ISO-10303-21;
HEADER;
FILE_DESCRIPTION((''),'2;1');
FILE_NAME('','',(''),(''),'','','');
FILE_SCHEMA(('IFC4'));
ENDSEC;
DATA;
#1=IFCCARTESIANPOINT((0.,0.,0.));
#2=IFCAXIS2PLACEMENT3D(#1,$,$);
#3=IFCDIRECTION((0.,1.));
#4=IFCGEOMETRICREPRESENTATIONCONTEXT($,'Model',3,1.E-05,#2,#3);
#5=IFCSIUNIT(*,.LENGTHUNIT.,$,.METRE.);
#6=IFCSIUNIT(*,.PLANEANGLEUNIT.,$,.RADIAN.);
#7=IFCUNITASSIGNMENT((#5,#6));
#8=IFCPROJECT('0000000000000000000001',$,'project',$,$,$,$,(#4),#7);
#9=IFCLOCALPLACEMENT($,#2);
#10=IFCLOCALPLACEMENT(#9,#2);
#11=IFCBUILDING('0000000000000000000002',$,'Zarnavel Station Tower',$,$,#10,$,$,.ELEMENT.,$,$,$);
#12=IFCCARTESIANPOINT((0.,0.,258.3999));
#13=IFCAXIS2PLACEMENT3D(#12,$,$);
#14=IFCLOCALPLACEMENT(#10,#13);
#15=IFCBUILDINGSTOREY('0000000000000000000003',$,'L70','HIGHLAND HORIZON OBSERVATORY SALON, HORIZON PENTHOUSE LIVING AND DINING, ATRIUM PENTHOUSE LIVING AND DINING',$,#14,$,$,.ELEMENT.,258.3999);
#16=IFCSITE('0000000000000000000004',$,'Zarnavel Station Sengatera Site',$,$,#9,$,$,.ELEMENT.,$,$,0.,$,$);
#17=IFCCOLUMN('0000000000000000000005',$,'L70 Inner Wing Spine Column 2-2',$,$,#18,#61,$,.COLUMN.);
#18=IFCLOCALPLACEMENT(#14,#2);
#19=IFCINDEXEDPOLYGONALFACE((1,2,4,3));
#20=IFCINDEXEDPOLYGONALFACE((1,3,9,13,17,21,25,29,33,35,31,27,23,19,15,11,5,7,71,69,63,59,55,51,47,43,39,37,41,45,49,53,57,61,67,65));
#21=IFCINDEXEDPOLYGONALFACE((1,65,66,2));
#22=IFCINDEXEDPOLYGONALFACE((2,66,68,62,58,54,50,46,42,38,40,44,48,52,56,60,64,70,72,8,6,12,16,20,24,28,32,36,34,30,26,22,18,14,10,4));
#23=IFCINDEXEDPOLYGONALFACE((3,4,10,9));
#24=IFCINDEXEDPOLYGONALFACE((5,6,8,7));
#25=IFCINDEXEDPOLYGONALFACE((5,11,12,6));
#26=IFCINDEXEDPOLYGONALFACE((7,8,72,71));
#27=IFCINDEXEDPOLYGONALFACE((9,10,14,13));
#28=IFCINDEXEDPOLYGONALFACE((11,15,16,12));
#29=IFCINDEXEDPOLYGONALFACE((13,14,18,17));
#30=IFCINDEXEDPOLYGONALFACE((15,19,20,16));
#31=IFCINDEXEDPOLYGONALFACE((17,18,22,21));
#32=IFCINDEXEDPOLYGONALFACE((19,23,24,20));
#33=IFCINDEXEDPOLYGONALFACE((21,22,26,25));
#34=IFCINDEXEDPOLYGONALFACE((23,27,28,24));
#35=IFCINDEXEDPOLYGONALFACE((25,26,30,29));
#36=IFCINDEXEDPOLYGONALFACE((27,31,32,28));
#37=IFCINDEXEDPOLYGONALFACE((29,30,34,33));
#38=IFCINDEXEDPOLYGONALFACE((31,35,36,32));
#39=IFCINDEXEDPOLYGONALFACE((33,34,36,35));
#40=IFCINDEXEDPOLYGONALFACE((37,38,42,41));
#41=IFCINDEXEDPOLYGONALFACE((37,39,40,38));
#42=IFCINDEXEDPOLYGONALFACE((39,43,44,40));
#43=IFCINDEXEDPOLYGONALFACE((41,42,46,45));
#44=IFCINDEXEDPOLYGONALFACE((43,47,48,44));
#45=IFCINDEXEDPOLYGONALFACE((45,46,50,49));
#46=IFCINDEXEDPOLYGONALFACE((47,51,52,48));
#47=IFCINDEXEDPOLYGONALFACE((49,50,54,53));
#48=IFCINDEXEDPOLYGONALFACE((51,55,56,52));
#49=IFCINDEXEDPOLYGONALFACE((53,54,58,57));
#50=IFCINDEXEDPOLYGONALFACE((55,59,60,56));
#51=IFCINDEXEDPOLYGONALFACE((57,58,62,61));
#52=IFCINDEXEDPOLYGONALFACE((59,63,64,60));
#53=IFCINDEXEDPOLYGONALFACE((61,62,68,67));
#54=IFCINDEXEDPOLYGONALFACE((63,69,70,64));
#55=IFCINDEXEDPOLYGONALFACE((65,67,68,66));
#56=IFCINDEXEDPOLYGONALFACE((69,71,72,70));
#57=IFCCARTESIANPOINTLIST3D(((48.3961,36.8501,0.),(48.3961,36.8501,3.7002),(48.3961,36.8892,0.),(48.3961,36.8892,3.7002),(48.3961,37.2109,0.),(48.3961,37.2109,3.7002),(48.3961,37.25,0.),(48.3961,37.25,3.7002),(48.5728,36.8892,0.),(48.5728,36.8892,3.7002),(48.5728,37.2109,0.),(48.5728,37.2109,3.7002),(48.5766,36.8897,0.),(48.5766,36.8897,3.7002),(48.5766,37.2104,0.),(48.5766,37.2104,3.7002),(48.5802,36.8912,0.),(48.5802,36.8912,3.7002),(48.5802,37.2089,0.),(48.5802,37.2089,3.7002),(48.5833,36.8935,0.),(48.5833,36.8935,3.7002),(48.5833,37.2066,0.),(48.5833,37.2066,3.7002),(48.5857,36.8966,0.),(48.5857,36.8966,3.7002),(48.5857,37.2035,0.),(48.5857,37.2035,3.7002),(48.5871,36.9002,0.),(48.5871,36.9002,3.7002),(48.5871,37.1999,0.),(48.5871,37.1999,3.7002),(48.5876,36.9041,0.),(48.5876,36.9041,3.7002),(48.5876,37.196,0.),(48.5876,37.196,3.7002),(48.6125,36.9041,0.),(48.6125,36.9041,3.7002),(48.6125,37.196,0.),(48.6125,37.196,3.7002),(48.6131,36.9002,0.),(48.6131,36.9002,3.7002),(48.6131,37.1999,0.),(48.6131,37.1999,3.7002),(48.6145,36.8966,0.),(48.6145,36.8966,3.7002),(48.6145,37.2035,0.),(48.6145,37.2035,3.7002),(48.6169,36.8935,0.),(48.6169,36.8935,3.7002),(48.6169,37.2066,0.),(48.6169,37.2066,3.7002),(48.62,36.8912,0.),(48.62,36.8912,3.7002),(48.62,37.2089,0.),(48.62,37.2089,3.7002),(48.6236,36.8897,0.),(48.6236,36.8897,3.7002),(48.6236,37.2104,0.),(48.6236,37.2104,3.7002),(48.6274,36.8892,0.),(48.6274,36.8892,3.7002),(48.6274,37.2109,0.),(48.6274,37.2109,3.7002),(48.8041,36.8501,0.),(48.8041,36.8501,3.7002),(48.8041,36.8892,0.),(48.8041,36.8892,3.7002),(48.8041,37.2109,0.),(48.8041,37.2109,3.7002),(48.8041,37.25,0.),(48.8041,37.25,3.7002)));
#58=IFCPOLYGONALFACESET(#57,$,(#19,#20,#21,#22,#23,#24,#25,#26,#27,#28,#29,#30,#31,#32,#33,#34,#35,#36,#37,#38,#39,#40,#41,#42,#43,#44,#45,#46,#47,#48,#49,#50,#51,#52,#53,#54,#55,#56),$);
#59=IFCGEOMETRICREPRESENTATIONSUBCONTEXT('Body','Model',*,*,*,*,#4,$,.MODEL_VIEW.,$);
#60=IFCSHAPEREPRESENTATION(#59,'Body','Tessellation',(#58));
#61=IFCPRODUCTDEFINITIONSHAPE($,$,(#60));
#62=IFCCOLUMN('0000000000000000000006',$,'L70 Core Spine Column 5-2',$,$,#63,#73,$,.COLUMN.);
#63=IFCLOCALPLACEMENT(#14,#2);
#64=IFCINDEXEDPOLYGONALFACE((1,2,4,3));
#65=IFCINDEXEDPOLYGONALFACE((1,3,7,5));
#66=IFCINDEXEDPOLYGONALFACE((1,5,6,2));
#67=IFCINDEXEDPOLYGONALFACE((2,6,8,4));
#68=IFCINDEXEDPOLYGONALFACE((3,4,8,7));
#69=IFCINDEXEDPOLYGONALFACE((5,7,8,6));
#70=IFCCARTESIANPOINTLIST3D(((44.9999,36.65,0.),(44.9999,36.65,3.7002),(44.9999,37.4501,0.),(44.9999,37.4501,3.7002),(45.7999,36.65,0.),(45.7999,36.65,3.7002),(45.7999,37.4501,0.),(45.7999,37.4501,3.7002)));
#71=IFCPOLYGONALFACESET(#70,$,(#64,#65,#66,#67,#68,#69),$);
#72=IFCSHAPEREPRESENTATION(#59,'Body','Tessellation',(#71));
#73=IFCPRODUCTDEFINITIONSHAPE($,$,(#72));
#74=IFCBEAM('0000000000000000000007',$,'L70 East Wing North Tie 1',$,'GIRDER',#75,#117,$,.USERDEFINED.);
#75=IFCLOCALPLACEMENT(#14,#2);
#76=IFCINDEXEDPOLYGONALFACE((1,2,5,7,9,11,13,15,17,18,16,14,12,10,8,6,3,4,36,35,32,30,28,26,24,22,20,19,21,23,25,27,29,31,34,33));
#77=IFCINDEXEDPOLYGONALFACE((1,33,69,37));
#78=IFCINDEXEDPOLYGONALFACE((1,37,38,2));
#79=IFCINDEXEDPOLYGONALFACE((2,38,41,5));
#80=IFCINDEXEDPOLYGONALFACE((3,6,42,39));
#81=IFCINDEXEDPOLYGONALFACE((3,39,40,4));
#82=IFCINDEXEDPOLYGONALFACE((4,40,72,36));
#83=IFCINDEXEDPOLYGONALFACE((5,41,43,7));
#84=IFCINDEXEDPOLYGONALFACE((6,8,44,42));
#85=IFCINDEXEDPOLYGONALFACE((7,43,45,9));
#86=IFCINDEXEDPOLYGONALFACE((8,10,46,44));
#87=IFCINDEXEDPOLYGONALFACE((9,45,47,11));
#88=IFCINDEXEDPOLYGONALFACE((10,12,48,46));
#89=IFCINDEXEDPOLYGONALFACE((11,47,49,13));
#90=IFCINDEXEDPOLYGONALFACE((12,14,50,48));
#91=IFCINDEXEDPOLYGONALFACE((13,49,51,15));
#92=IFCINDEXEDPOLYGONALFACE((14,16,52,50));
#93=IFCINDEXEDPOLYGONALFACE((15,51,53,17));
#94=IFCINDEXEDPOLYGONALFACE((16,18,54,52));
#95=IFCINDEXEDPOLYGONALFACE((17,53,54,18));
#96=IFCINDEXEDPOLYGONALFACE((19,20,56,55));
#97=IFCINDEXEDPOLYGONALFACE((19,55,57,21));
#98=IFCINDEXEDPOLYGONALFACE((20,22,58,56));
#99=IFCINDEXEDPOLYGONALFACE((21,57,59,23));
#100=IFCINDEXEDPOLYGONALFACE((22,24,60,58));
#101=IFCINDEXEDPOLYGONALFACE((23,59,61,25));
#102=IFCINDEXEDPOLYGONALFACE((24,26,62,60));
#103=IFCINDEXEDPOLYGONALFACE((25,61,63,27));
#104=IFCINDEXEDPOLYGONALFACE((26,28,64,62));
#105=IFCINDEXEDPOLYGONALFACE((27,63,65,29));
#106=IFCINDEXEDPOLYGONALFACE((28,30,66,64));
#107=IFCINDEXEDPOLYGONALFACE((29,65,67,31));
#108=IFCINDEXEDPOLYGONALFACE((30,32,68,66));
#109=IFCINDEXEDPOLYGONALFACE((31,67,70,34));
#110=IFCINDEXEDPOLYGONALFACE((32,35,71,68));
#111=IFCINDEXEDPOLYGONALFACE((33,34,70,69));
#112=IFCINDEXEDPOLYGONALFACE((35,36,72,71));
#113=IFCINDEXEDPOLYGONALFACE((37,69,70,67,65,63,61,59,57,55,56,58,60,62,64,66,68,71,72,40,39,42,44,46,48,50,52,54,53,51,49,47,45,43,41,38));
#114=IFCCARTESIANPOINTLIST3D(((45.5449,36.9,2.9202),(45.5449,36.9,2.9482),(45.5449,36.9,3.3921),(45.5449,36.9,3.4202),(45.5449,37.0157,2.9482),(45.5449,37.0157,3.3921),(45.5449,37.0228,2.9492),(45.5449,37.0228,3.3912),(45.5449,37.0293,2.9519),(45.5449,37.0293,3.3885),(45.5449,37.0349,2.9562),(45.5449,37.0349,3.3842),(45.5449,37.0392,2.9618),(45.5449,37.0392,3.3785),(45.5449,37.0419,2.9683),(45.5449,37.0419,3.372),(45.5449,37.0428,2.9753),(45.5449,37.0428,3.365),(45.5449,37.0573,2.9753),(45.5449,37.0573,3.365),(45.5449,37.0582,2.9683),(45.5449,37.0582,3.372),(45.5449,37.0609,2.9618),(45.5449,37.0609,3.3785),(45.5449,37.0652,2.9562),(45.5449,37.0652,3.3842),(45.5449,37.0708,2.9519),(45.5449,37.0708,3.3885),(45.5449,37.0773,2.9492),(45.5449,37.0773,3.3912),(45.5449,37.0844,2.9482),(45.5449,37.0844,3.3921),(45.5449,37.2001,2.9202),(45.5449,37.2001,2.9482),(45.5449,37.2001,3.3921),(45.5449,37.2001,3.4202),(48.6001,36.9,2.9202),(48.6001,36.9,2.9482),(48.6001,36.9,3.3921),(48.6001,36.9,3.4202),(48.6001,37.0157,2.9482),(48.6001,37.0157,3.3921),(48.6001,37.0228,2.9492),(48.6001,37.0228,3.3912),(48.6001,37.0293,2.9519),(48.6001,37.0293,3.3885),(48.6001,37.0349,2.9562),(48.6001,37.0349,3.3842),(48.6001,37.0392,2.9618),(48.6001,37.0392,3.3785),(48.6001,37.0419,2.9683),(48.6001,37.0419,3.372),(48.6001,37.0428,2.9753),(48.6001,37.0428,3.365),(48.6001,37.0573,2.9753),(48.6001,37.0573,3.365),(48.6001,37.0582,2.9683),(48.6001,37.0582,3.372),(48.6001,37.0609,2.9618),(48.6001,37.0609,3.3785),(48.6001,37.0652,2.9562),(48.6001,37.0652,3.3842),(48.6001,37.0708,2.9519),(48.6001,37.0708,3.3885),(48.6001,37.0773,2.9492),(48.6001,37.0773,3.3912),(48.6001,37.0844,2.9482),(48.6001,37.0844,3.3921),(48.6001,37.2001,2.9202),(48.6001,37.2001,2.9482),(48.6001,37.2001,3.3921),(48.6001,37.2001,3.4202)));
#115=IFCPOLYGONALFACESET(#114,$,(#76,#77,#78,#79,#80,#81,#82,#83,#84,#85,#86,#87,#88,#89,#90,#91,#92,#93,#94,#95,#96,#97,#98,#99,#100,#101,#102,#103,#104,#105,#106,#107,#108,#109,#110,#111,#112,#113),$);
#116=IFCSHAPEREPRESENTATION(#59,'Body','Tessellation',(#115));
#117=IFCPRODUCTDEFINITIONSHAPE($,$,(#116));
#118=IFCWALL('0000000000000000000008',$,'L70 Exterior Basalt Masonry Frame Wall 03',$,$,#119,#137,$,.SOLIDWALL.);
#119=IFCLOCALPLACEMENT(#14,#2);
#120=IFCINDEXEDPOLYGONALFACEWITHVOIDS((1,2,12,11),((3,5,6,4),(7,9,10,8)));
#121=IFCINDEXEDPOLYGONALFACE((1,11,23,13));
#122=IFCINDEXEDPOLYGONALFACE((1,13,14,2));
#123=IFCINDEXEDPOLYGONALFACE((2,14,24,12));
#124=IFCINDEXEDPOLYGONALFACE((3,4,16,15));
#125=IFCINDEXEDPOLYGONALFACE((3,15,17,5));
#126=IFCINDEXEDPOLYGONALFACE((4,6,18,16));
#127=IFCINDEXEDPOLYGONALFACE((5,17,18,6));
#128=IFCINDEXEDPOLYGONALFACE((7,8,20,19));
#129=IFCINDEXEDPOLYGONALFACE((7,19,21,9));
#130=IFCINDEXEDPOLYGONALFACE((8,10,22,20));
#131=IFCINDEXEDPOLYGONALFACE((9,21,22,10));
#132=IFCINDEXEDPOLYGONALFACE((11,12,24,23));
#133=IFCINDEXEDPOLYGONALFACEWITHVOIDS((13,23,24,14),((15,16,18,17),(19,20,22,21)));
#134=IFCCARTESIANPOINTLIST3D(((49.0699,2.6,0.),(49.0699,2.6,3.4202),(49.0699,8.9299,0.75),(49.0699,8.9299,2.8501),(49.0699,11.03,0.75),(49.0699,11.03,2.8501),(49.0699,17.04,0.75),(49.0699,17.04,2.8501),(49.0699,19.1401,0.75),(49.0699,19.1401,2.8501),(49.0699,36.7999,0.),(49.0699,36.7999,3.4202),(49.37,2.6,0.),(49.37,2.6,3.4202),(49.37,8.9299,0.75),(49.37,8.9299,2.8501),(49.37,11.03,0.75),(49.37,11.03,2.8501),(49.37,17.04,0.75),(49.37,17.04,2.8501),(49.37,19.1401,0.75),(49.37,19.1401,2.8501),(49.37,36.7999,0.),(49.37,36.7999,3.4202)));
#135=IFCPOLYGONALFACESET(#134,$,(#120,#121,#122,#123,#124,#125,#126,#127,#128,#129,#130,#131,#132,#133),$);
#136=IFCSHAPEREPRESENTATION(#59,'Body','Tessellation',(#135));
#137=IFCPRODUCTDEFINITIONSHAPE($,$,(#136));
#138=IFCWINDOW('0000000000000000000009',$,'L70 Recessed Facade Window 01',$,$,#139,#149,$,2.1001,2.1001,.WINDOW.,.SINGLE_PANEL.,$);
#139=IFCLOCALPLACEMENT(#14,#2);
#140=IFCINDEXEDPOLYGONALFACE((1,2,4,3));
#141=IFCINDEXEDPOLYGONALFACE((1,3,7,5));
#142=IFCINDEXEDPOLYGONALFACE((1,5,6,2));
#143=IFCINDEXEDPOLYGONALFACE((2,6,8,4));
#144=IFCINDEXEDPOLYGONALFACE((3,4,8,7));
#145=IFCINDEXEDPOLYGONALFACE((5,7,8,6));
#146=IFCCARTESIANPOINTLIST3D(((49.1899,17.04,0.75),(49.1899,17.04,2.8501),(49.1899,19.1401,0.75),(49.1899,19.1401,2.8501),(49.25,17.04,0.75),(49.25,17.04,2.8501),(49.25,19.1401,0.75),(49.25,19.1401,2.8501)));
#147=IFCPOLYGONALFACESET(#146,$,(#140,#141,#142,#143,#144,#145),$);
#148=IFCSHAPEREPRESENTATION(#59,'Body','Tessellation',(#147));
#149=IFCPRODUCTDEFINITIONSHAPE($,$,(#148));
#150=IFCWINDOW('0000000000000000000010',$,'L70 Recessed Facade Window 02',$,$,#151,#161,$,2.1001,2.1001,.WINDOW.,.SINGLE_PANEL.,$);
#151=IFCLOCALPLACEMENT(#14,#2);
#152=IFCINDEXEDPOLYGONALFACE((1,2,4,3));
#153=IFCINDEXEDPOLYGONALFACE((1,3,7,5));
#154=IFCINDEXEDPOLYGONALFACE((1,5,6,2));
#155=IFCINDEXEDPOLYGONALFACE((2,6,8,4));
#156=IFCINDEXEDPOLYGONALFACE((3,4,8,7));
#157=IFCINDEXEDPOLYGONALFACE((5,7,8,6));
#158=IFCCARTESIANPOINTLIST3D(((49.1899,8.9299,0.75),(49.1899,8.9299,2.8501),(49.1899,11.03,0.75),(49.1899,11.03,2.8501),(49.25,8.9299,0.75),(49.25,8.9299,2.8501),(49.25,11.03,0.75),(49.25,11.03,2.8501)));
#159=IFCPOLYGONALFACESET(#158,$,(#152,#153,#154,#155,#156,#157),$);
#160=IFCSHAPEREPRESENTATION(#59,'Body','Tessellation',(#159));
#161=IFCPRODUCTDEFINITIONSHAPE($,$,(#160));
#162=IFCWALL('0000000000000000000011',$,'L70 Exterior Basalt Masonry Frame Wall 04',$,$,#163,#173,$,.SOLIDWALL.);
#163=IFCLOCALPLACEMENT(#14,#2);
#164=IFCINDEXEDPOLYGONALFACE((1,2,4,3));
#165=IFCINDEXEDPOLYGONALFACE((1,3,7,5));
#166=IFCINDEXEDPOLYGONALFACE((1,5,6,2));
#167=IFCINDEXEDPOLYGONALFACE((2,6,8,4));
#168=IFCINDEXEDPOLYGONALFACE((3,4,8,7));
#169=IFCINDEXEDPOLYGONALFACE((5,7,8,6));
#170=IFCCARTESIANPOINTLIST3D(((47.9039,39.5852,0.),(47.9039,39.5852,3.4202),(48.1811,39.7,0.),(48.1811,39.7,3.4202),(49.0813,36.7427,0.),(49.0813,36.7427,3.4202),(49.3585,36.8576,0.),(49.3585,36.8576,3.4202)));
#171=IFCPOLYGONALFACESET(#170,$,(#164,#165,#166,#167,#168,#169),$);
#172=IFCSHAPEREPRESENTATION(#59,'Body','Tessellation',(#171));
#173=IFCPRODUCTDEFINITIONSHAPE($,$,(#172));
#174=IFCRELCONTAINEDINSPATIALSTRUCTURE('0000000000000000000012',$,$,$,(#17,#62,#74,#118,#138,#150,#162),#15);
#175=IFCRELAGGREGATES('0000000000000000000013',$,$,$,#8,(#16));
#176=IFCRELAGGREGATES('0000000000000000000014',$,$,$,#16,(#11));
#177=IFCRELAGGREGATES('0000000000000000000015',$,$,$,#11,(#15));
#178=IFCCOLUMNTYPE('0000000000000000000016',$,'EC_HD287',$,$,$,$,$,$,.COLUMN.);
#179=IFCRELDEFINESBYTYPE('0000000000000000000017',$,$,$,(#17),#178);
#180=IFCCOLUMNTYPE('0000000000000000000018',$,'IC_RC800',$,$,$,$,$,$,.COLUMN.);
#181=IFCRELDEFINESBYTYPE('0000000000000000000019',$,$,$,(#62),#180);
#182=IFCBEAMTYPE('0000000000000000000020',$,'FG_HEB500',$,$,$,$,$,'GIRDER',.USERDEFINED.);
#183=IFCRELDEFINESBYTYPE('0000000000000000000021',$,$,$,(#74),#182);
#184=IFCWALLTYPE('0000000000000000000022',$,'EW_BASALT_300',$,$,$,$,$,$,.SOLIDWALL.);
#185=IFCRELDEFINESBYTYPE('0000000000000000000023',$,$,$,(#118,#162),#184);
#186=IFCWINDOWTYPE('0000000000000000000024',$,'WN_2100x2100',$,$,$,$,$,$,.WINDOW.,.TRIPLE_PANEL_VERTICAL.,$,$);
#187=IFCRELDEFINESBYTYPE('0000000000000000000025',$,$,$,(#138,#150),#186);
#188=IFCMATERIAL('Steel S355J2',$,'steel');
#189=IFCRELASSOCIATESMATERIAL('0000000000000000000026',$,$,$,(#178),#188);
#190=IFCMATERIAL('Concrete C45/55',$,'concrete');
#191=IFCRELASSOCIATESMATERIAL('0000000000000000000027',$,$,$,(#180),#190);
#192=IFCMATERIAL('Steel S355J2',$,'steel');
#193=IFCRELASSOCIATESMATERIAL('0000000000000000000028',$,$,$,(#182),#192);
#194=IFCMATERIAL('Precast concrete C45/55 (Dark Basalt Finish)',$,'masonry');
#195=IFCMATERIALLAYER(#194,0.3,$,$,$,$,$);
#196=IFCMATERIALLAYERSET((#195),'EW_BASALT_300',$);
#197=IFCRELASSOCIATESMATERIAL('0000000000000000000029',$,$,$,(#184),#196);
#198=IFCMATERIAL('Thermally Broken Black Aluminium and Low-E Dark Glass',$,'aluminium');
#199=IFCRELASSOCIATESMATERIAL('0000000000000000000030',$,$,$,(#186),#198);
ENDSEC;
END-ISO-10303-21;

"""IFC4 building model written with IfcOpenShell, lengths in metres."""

from ifc_helpers import new_model, si_unit, direction, frame, frame_2d, origin, origin_2d, place, context, subcontext, project, spatial, rectangle, i_section, extrude, material, layer, layer_set, material_profile, profile_set, type_object, element, fill, save


model = new_model("IFC4")

# Units and contexts
model_context = context("Model", 3, precision=1e-05, world=origin(), true_north=direction((0.0, 1.0)))
body_context = subcontext(model_context, "Body", "Model", "MODEL_VIEW")
ifc_project = project(units=[si_unit("LENGTHUNIT", "METRE"), si_unit("PLANEANGLEUNIT", "RADIAN")], contexts=[model_context])

# Site, building, storey
site_placement = place(None, origin())
site = spatial("IfcSite", under=ifc_project, at=site_placement, Name="Zarnavel Station Sengatera Site", CompositionType="ELEMENT", RefElevation=0.0)
building_placement = place(site_placement, origin())
building = spatial("IfcBuilding", under=site, at=building_placement, Name="Zarnavel Station Tower", CompositionType="ELEMENT")
storey_placement = place(building_placement, frame((0.0, 0.0, 258.3999)))
storey = spatial("IfcBuildingStorey", under=building, at=storey_placement, Name="L70", Description="HIGHLAND HORIZON OBSERVATORY SALON, HORIZON PENTHOUSE LIVING AND DINING, ATRIUM PENTHOUSE LIVING AND DINING", CompositionType="ELEMENT", Elevation=258.3999)

# Columns
ifc_material_1 = material(Name="Steel S355J2", Category="steel")
ifc_material_profile_1 = material_profile(ifc_material_1, i_section(OverallWidth=0.408, OverallDepth=0.3999, WebThickness=0.0249, FlangeThickness=0.0391, FilletRadius=0.0149, at=origin_2d()), Name="HD400x287")
ifc_profile_set_1 = profile_set([ifc_material_profile_1], Name="Steel S355J2")
column_type_1 = type_object("IfcColumnType", Name="EC_HD287", PredefinedType="COLUMN", material=ifc_profile_set_1)
column_1_placement = place(storey_placement, frame((48.6001, 37.05, 0.0), z_axis=(0.0, 0.0, 1.0), x_axis=(1.0, 0.0, 0.0)))
element("IfcColumn", 1, at=column_1_placement, inside=storey, type_object=column_type_1, Name="L70 Inner Wing Spine Column 2-2", PredefinedType="COLUMN", context=body_context, shape_type="SweptSolid", body=[
    extrude(i_section(OverallWidth=0.408, OverallDepth=0.3999, WebThickness=0.0249, FlangeThickness=0.0391, FilletRadius=0.0149, at=origin_2d()), origin(), (0.0, 0.0, 1.0), 3.7002),
])
ifc_material_2 = material(Name="Concrete C45/55", Category="concrete")
ifc_material_profile_2 = material_profile(ifc_material_2, rectangle(XDim=0.8, YDim=0.8, at=origin_2d()), Name="RC800x800")
ifc_profile_set_2 = profile_set([ifc_material_profile_2], Name="Concrete C45/55")
column_type_2 = type_object("IfcColumnType", Name="IC_RC800", PredefinedType="COLUMN", material=ifc_profile_set_2)
column_2_placement = place(storey_placement, frame((45.3999, 37.05, 0.0), z_axis=(0.0, 0.0, 1.0), x_axis=(1.0, 0.0, 0.0)))
element("IfcColumn", 2, at=column_2_placement, inside=storey, type_object=column_type_2, Name="L70 Core Spine Column 5-2", PredefinedType="COLUMN", context=body_context, shape_type="SweptSolid", body=[
    extrude(rectangle(XDim=0.8, YDim=0.8, at=origin_2d()), origin(), (0.0, 0.0, 1.0), 3.7002),
])

# Beam
ifc_material_3 = material(Name="Steel S355J2", Category="steel")
ifc_material_profile_3 = material_profile(ifc_material_3, i_section(OverallWidth=0.3, OverallDepth=0.5, WebThickness=0.0144, FlangeThickness=0.0281, FilletRadius=0.0271, at=origin_2d()), Name="HEB500")
ifc_profile_set_3 = profile_set([ifc_material_profile_3], Name="Steel S355J2")
beam_type = type_object("IfcBeamType", Name="FG_HEB500", ElementType="GIRDER", PredefinedType="USERDEFINED", material=ifc_profile_set_3)
beam_placement = place(storey_placement, frame((45.5449, 37.05, 3.1702), z_axis=(1.0, 0.0, 0.0), x_axis=(0.0, 1.0, 0.0)))
element("IfcBeam", 3, at=beam_placement, inside=storey, type_object=beam_type, Name="L70 East Wing North Tie 1", ObjectType="GIRDER", PredefinedType="USERDEFINED", context=body_context, shape_type="SweptSolid", body=[
    extrude(i_section(OverallWidth=0.3, OverallDepth=0.5, WebThickness=0.0144, FlangeThickness=0.0281, FilletRadius=0.0271, at=origin_2d()), origin(), (0.0, 0.0, 1.0), 3.0552),
])

# Wall, openings, windows
ifc_material_4 = material(Name="Precast concrete C45/55 (Dark Basalt Finish)", Category="masonry")
ifc_layer_1 = layer(ifc_material_4, 0.3)
ifc_layer_set_1 = layer_set([ifc_layer_1], Name="EW_BASALT_300")
wall_type_1 = type_object("IfcWallType", Name="EW_BASALT_300", PredefinedType="SOLIDWALL", material=ifc_layer_set_1)
wall_1_placement = place(storey_placement, frame((49.22, 36.8, 0.0), z_axis=(0.0, 0.0, 1.0), x_axis=(0.0, -1.0, 0.0)))
wall_1 = element("IfcWall", 4, at=wall_1_placement, inside=storey, type_object=wall_type_1, Name="L70 Exterior Basalt Masonry Frame Wall 03", PredefinedType="SOLIDWALL", context=body_context, shape_type="SweptSolid", body=[
    extrude(rectangle(XDim=34.2, YDim=0.3, at=frame_2d((17.1001, 0.0))), origin(), (0.0, 0.0, 1.0), 3.4202),
])
opening_1_placement = place(wall_1_placement, frame((17.6599, 0.0, 0.75)))
opening_1 = element("IfcOpeningElement", 5, at=opening_1_placement, cuts=wall_1, PredefinedType="OPENING", context=body_context, shape_type="SweptSolid", body=[
    extrude(rectangle(XDim=2.1001, YDim=2.1001, at=frame_2d((1.05, 1.05))), frame((0.0, 0.1599, 0.0), z_axis=(0.0, -1.0, 0.0), x_axis=(1.0, 0.0, 0.0)), (0.0, 0.0, 1.0), 0.3201),
])
opening_2_placement = place(wall_1_placement, frame((25.77, 0.0, 0.75)))
opening_2 = element("IfcOpeningElement", 6, at=opening_2_placement, cuts=wall_1, PredefinedType="OPENING", context=body_context, shape_type="SweptSolid", body=[
    extrude(rectangle(XDim=2.1001, YDim=2.1001, at=frame_2d((1.05, 1.05))), frame((0.0, 0.1599, 0.0), z_axis=(0.0, -1.0, 0.0), x_axis=(1.0, 0.0, 0.0)), (0.0, 0.0, 1.0), 0.3201),
])
ifc_material_5 = material(Name="Thermally Broken Black Aluminium and Low-E Dark Glass", Category="aluminium")
window_type = type_object("IfcWindowType", Name="WN_2100x2100", PartitioningType="TRIPLE_PANEL_VERTICAL", PredefinedType="WINDOW", material=ifc_material_5)
window_1_placement = place(opening_1_placement, origin())
window_1 = element("IfcWindow", 7, at=window_1_placement, inside=storey, type_object=window_type, Name="L70 Recessed Facade Window 01", OverallHeight=2.1001, OverallWidth=2.1001, PartitioningType="SINGLE_PANEL", PredefinedType="WINDOW", context=body_context, shape_type="SweptSolid", body=[
    extrude(rectangle(XDim=2.1001, YDim=2.1001, at=frame_2d((1.05, 1.05))), frame((0.0, 0.03, 0.0), z_axis=(0.0, -1.0, 0.0), x_axis=(1.0, 0.0, 0.0)), (0.0, 0.0, 1.0), 0.0601),
])
fill(opening_1, window_1)
window_2_placement = place(opening_2_placement, origin())
window_2 = element("IfcWindow", 8, at=window_2_placement, inside=storey, type_object=window_type, Name="L70 Recessed Facade Window 02", OverallHeight=2.1001, OverallWidth=2.1001, PartitioningType="SINGLE_PANEL", PredefinedType="WINDOW", context=body_context, shape_type="SweptSolid", body=[
    extrude(rectangle(XDim=2.1001, YDim=2.1001, at=frame_2d((1.05, 1.05))), frame((0.0, 0.03, 0.0), z_axis=(0.0, -1.0, 0.0), x_axis=(1.0, 0.0, 0.0)), (0.0, 0.0, 1.0), 0.0601),
])
fill(opening_2, window_2)

# Wall
for number, where, z_axis, x_axis, name in (
    (9, (48.0425, 39.6426, 0.0), (0.0, 0.0, 1.0), (0.382705, -0.923871, 0.0), "L70 Exterior Basalt Masonry Frame Wall 04"),
):
    element("IfcWall", number, at=place(storey_placement, frame(where, z_axis=z_axis, x_axis=x_axis)), inside=storey, type_object=wall_type_1, Name=name, PredefinedType="SOLIDWALL", context=body_context, shape_type="SweptSolid", body=[
        extrude(rectangle(XDim=3.0767, YDim=0.3, at=frame_2d((1.5383, 0.0))), origin(), (0.0, 0.0, 1.0), 3.4202),
    ])

save(model, "model.ifc")
